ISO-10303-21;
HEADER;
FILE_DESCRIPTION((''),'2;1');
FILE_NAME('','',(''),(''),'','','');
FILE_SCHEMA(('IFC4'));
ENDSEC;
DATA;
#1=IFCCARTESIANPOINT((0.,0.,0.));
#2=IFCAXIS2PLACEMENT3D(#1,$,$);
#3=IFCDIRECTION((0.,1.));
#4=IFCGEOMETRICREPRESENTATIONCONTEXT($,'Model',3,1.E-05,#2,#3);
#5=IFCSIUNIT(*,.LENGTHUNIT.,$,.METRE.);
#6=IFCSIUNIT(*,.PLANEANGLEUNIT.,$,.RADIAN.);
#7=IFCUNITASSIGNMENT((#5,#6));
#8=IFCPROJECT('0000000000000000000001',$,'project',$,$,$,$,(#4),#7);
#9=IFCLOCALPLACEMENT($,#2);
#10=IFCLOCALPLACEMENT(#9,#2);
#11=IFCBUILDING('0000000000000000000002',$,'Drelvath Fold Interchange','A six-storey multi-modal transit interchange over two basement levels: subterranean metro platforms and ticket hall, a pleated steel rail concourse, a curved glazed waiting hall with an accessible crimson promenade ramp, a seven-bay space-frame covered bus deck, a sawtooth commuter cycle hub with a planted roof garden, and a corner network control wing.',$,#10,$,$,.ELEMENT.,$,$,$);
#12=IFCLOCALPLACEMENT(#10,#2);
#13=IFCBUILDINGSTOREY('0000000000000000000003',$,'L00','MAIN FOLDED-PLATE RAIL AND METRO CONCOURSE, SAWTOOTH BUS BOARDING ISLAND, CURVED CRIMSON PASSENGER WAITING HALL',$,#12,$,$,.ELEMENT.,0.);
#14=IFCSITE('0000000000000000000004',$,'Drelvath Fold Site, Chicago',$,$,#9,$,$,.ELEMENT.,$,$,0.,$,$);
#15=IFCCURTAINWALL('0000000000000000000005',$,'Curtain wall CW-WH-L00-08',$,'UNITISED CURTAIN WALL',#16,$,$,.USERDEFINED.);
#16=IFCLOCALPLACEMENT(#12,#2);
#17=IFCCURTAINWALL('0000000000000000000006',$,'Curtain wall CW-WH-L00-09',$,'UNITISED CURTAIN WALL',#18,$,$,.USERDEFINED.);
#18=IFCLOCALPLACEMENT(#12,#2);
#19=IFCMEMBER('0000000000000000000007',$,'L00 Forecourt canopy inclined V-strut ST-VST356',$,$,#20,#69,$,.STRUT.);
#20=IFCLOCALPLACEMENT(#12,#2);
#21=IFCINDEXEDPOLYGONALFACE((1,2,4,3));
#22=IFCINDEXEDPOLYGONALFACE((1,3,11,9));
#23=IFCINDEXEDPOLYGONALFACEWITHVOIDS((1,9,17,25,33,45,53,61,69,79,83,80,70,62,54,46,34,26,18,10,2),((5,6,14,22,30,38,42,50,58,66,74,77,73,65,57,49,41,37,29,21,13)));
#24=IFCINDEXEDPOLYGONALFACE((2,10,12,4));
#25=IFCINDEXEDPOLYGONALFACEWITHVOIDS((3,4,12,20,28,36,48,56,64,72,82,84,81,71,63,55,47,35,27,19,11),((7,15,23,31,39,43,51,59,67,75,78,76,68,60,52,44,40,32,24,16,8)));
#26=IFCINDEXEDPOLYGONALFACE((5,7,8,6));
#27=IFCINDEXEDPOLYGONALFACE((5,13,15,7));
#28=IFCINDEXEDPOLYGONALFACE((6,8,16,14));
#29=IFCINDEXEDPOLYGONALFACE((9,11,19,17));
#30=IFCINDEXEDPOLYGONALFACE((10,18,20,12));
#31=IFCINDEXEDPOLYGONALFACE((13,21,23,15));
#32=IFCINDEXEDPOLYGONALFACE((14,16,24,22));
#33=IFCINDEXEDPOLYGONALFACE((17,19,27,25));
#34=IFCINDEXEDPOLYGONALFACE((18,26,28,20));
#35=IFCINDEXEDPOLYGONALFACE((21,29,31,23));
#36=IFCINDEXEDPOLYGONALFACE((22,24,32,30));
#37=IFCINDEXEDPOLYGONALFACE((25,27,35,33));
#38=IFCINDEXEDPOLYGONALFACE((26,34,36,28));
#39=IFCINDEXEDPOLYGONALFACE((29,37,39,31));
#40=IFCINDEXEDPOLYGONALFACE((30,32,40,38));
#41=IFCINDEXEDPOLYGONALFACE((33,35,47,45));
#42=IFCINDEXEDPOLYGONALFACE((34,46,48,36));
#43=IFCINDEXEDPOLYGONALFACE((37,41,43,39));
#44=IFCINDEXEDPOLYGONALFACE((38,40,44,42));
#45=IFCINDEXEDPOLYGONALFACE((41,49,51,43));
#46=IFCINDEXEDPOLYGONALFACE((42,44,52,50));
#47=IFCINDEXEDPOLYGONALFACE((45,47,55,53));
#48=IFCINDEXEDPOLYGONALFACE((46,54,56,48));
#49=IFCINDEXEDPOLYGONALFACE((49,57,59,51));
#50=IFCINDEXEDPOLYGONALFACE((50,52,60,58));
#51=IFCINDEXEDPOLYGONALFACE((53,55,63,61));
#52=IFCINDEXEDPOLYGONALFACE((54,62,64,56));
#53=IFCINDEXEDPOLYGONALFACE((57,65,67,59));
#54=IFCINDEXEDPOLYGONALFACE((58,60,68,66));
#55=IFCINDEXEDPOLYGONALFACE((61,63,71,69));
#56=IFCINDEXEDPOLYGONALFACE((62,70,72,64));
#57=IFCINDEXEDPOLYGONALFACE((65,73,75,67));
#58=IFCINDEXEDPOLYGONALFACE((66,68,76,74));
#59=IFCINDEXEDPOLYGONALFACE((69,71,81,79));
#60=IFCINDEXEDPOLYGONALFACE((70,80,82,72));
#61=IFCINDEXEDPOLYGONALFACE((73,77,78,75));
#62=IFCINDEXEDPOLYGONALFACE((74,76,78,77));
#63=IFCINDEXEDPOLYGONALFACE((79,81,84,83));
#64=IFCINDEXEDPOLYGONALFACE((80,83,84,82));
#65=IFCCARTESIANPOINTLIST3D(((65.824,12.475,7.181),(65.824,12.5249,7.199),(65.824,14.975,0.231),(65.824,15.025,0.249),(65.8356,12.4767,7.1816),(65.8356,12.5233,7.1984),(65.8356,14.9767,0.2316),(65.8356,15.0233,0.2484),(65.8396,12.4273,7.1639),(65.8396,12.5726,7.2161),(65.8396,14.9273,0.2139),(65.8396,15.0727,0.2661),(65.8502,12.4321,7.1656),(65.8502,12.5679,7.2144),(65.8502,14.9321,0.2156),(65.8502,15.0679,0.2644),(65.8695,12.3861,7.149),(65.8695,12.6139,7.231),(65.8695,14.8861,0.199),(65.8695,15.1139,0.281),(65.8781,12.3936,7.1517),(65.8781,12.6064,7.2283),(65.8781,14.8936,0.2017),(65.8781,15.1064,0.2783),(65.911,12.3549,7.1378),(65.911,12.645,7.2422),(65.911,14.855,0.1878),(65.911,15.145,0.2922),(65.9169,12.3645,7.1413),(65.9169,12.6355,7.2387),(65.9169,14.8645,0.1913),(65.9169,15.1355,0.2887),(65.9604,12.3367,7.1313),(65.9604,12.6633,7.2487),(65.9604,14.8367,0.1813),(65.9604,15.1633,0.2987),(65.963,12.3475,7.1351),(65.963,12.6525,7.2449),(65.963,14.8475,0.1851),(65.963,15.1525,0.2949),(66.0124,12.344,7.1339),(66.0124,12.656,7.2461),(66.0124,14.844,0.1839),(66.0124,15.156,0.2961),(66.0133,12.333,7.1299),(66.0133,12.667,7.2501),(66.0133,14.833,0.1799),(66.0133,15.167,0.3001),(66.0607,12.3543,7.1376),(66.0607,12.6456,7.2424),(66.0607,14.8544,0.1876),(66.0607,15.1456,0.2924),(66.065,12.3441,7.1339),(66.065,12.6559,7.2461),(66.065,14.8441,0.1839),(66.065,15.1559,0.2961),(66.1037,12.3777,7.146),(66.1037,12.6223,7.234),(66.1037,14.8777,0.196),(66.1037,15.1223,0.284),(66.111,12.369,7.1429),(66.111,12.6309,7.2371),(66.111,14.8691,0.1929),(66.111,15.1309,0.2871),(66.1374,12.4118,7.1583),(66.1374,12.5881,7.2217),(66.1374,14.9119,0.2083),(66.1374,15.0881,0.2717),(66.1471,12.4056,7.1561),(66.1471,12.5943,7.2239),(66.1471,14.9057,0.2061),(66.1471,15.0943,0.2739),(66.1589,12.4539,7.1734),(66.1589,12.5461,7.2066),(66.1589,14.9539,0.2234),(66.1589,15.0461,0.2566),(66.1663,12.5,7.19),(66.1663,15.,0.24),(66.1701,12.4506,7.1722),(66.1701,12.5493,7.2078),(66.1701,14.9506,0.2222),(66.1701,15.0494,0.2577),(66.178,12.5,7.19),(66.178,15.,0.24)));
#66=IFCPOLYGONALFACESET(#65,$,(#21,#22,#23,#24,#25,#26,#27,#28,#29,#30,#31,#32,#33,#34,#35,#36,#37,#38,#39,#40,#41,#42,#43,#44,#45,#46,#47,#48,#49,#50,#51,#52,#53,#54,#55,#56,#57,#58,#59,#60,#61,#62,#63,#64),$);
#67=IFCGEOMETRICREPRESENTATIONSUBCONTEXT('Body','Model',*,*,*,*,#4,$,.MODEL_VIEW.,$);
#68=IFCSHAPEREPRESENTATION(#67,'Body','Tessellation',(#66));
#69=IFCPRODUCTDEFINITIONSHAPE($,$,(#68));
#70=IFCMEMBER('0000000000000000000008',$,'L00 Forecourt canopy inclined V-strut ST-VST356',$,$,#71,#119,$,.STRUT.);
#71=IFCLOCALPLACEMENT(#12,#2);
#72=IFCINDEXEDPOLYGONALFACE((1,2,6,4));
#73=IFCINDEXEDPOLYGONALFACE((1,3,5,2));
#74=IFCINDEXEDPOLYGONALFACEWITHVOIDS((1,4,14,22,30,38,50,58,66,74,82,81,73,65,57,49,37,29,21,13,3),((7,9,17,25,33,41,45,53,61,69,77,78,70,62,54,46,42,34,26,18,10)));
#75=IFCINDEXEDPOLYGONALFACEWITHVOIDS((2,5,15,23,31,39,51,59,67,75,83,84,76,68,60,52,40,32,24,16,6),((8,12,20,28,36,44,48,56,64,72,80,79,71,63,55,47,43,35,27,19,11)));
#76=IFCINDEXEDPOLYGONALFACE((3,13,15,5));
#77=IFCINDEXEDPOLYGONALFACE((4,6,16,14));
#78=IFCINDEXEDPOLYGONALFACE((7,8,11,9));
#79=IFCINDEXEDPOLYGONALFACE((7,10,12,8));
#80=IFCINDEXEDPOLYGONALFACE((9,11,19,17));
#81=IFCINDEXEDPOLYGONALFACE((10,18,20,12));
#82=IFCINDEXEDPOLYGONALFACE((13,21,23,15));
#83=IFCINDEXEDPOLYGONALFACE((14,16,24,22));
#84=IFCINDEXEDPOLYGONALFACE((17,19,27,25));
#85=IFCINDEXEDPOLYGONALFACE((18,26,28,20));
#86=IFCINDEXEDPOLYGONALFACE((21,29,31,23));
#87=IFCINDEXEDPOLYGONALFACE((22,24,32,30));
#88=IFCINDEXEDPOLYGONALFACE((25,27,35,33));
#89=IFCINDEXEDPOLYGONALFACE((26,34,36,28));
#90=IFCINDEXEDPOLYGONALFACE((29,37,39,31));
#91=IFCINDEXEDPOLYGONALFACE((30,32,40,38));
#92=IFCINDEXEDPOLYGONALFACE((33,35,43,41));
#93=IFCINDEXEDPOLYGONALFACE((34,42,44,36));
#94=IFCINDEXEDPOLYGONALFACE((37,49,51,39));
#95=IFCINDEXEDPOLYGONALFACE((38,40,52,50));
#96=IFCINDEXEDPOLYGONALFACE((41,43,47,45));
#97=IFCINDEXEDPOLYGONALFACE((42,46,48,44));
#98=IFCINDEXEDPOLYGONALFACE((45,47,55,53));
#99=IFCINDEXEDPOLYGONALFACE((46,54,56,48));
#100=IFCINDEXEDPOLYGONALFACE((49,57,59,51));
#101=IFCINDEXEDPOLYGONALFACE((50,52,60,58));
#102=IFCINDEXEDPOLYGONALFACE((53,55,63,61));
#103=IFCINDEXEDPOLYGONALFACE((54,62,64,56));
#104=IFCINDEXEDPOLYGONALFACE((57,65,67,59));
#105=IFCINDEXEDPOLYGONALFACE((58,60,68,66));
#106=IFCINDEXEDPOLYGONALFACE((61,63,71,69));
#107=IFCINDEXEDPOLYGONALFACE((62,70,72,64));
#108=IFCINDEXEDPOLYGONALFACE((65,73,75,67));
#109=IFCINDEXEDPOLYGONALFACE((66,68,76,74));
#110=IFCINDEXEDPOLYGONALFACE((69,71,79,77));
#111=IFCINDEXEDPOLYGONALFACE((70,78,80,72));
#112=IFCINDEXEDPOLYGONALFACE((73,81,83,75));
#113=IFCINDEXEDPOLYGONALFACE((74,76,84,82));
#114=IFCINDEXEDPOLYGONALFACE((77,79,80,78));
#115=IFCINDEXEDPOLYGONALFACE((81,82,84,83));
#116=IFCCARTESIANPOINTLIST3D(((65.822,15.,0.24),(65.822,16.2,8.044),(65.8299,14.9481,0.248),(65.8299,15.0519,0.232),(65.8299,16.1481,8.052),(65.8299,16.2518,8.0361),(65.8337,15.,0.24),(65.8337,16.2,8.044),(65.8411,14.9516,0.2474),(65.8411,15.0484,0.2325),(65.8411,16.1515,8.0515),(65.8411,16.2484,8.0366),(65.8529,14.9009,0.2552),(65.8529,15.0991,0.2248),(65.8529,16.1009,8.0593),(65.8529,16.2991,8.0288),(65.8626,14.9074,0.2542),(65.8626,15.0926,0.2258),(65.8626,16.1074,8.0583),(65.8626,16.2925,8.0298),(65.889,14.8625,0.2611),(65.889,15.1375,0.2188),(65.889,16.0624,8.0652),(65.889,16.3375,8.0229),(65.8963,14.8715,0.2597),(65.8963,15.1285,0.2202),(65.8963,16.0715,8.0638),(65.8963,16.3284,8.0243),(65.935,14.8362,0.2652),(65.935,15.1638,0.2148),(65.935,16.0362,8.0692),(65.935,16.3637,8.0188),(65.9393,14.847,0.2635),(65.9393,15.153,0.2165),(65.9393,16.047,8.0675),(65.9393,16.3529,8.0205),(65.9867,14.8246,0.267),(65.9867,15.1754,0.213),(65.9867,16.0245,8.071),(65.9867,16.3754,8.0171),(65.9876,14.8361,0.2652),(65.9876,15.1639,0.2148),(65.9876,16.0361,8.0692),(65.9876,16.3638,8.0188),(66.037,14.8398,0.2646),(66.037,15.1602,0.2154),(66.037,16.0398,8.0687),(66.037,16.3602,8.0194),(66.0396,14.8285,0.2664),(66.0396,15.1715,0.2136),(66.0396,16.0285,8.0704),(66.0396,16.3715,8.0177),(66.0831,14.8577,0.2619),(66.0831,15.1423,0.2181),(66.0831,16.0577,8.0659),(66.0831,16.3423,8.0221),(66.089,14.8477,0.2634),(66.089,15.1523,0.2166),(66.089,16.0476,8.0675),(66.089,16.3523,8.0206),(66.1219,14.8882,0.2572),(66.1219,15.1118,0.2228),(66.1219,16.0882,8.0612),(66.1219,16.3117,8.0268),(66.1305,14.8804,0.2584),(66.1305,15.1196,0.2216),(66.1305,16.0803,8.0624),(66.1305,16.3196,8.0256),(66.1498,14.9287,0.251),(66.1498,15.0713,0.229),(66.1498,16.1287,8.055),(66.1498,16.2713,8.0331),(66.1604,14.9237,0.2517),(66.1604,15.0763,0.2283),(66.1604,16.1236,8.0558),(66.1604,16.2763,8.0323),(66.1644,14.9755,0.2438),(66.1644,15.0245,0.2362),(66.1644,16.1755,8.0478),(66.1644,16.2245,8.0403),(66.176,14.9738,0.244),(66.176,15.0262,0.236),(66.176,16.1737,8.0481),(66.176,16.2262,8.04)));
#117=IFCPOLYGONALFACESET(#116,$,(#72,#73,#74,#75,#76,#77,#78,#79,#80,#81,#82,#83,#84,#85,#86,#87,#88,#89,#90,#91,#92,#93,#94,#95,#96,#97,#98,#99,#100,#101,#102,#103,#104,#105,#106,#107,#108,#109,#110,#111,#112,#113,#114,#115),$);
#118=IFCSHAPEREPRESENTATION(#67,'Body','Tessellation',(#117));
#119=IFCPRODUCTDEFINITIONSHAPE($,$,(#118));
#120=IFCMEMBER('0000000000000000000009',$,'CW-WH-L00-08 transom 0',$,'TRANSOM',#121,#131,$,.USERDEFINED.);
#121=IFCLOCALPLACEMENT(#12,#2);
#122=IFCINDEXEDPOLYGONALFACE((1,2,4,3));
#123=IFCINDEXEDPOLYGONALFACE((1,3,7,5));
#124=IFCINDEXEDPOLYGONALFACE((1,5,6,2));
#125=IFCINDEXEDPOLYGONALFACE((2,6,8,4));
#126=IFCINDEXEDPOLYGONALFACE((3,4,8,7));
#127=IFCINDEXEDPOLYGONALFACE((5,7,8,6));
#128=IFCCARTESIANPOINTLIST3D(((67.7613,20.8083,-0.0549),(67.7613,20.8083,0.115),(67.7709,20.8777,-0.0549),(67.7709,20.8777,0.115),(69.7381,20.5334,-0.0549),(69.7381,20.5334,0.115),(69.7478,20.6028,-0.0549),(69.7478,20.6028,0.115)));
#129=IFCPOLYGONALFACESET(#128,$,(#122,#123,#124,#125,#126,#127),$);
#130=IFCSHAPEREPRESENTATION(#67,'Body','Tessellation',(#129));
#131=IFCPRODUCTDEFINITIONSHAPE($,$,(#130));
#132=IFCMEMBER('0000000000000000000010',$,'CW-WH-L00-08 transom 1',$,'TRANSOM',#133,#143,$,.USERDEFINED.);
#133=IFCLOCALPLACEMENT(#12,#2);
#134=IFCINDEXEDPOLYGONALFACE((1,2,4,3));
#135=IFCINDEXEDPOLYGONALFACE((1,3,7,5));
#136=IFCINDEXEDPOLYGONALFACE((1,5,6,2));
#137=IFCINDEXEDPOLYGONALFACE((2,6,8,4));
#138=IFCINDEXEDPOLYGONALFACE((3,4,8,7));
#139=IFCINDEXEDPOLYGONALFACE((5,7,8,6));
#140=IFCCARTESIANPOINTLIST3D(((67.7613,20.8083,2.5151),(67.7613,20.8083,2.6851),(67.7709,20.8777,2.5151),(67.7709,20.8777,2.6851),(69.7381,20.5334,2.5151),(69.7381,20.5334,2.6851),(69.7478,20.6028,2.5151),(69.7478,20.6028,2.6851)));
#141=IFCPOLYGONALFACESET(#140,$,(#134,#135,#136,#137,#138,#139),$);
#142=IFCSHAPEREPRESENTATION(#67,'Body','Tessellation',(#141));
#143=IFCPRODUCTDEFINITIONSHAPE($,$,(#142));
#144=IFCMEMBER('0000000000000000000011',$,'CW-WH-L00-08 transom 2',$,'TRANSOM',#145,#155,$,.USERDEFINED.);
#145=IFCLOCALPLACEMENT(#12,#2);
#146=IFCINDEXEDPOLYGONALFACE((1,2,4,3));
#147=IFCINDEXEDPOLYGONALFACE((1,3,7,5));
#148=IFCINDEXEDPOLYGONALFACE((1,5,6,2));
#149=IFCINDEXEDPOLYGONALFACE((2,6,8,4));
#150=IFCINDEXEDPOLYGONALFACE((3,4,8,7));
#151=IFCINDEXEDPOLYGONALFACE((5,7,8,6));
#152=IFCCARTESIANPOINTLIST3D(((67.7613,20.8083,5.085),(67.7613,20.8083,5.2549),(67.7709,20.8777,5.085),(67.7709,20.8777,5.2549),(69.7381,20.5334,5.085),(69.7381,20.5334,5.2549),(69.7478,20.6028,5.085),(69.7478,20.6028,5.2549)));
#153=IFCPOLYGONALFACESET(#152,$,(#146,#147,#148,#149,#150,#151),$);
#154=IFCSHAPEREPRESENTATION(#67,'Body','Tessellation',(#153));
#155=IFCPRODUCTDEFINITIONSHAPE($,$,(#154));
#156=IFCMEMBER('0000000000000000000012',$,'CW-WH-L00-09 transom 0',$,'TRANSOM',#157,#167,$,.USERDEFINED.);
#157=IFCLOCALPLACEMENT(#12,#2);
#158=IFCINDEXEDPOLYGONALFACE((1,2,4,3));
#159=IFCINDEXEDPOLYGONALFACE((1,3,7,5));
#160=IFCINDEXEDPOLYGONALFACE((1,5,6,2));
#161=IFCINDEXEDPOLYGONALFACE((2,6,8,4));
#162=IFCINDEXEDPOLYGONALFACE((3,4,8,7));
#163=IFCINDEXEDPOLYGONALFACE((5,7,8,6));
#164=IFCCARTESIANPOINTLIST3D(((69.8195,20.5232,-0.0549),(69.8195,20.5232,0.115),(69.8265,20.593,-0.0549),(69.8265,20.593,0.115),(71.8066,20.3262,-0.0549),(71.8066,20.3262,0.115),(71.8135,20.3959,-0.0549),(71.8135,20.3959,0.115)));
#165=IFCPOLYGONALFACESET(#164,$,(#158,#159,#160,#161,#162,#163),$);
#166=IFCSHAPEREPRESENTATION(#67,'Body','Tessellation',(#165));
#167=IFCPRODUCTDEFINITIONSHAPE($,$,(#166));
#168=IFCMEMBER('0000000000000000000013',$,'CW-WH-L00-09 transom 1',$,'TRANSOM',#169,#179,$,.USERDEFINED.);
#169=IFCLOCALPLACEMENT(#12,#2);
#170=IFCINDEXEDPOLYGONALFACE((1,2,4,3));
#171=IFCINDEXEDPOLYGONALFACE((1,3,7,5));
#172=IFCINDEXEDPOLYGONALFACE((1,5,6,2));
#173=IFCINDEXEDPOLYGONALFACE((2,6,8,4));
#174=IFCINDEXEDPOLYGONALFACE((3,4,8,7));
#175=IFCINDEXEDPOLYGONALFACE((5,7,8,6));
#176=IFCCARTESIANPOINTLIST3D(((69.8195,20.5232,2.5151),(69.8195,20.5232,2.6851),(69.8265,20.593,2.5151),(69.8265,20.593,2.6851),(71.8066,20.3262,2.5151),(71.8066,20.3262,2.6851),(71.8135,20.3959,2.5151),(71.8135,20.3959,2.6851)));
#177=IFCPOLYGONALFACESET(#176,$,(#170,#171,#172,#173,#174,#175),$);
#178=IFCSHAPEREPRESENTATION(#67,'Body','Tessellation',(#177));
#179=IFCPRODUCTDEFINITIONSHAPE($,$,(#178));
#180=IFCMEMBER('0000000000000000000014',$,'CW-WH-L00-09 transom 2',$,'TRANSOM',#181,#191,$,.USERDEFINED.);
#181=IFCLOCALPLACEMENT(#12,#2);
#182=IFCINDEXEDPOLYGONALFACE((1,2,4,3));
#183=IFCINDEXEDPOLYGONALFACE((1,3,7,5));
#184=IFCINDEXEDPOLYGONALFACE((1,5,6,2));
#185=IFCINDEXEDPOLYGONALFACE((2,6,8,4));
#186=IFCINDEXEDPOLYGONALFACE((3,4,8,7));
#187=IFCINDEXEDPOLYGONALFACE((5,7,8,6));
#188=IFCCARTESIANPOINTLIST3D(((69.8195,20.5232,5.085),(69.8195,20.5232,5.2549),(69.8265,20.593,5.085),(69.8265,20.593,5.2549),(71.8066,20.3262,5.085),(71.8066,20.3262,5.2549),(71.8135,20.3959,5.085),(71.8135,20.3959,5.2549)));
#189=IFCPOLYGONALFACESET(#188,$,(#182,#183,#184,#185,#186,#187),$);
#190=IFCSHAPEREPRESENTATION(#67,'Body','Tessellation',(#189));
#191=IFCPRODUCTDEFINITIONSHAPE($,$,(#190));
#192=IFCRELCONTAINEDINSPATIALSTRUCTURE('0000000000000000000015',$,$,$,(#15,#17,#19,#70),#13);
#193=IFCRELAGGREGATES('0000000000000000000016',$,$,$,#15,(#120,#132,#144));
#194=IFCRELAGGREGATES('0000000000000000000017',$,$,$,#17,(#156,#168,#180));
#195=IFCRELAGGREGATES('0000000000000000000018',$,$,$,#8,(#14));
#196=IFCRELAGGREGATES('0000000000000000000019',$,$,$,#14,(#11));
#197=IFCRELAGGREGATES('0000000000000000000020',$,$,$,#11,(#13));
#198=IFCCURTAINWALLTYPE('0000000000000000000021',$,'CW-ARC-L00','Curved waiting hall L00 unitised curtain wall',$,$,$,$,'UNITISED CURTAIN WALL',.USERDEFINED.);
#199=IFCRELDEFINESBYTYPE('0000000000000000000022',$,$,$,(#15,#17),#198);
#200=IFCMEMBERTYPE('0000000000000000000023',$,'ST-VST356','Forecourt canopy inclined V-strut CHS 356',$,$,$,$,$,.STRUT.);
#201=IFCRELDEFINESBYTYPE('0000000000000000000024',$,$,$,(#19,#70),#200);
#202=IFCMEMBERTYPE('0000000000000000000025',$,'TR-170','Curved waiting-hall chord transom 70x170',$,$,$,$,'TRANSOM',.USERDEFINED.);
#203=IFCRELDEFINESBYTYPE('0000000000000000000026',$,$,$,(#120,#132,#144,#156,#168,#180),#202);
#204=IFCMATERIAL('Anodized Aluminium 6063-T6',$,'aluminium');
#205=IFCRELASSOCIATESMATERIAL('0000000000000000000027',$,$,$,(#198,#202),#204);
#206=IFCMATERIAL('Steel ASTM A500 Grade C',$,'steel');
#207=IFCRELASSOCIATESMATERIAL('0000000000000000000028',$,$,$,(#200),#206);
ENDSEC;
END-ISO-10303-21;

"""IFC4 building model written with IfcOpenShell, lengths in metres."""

from ifc_helpers import new_model, si_unit, direction, frame, origin, origin_2d, place, context, subcontext, project, spatial, rectangle, hollow_circle, extrude, material, material_profile, profile_set, type_object, element, aggregate, save


model = new_model("IFC4")

# Units and contexts
model_context = context("Model", 3, precision=1e-05, world=origin(), true_north=direction((0.0, 1.0)))
body_context = subcontext(model_context, "Body", "Model", "MODEL_VIEW")
ifc_project = project(units=[si_unit("LENGTHUNIT", "METRE"), si_unit("PLANEANGLEUNIT", "RADIAN")], contexts=[model_context])

# Site, building, storey
site_placement = place(None, origin())
site = spatial("IfcSite", under=ifc_project, at=site_placement, Name="Drelvath Fold Site, Chicago", CompositionType="ELEMENT", RefElevation=0.0)
building_placement = place(site_placement, origin())
building = spatial("IfcBuilding", under=site, at=building_placement, Name="Drelvath Fold Interchange", Description="A six-storey multi-modal transit interchange over two basement levels: subterranean metro platforms and ticket hall, a pleated steel rail concourse, a curved glazed waiting hall with an accessible crimson promenade ramp, a seven-bay space-frame covered bus deck, a sawtooth commuter cycle hub with a planted roof garden, and a corner network control wing.", CompositionType="ELEMENT")
storey_placement = place(building_placement, origin())
storey = spatial("IfcBuildingStorey", under=building, at=storey_placement, Name="L00", Description="MAIN FOLDED-PLATE RAIL AND METRO CONCOURSE, SAWTOOTH BUS BOARDING ISLAND, CURVED CRIMSON PASSENGER WAITING HALL", CompositionType="ELEMENT", Elevation=0.0)

# Shared definitions
ifc_material_1 = material(Name="Steel ASTM A500 Grade C", Category="steel")

# Shared definitions
ifc_material_2 = material(Name="Anodized Aluminium 6063-T6", Category="aluminium")
curtain_wall_type = type_object("IfcCurtainWallType", Name="CW-ARC-L00", Description="Curved waiting hall L00 unitised curtain wall", ElementType="UNITISED CURTAIN WALL", PredefinedType="USERDEFINED", material=ifc_material_2)

# Curtain walls
curtain_wall_1_placement = place(storey_placement, origin())
curtain_wall_1 = element("IfcCurtainWall", 1, at=curtain_wall_1_placement, inside=storey, type_object=curtain_wall_type, Name="Curtain wall CW-WH-L00-08", ObjectType="UNITISED CURTAIN WALL", PredefinedType="USERDEFINED")
curtain_wall_2_placement = place(storey_placement, origin())
curtain_wall_2 = element("IfcCurtainWall", 2, at=curtain_wall_2_placement, inside=storey, type_object=curtain_wall_type, Name="Curtain wall CW-WH-L00-09", ObjectType="UNITISED CURTAIN WALL", PredefinedType="USERDEFINED")

# Members
ifc_material_profile_1 = material_profile(ifc_material_1, hollow_circle(Radius=0.178, WallThickness=0.0117, at=origin_2d()), Name="HSS14.000X0.500")
ifc_profile_set_1 = profile_set([ifc_material_profile_1], Name="Steel ASTM A500 Grade C")
member_type_1 = type_object("IfcMemberType", Name="ST-VST356", Description="Forecourt canopy inclined V-strut CHS 356", PredefinedType="STRUT", material=ifc_profile_set_1)
member_1_placement = place(storey_placement, frame((66.0, 15.0, 0.24), z_axis=(0.0, -0.338482, 0.940973), x_axis=(1.0, 0.0, 0.0)))
element("IfcMember", 3, at=member_1_placement, inside=storey, type_object=member_type_1, Name="L00 Forecourt canopy inclined V-strut ST-VST356", PredefinedType="STRUT", context=body_context, shape_type="SweptSolid", body=[
    extrude(hollow_circle(Radius=0.178, WallThickness=0.0117, at=origin_2d()), origin(), (0.0, 0.0, 1.0), 7.386),
])
member_2_placement = place(storey_placement, frame((66.0, 15.0, 0.24), z_axis=(0.0, 0.151976, 0.988384), x_axis=(-1.0, 0.0, 0.0)))
element("IfcMember", 4, at=member_2_placement, inside=storey, type_object=member_type_1, Name="L00 Forecourt canopy inclined V-strut ST-VST356", PredefinedType="STRUT", context=body_context, shape_type="SweptSolid", body=[
    extrude(hollow_circle(Radius=0.178, WallThickness=0.0117, at=origin_2d()), origin(), (0.0, 0.0, 1.0), 7.8958),
])

# Members
ifc_material_profile_2 = material_profile(ifc_material_2, rectangle(XDim=0.0701, YDim=0.1699, at=origin_2d()), Name="AL-T 70x170")
ifc_profile_set_2 = profile_set([ifc_material_profile_2], Name="Anodized Aluminium 6063-T6")
member_type_2 = type_object("IfcMemberType", Name="TR-170", Description="Curved waiting-hall chord transom 70x170", ElementType="TRANSOM", PredefinedType="USERDEFINED", material=ifc_profile_set_2)
member_3_placement = place(storey_placement, frame((67.7661, 20.843, 0.03), z_axis=(0.990469, -0.137738, 0.0), x_axis=(0.137738, 0.990469, 0.0)))
member_3 = element("IfcMember", 5, at=member_3_placement, type_object=member_type_2, Name="CW-WH-L00-08 transom 0", ObjectType="TRANSOM", PredefinedType="USERDEFINED", context=body_context, shape_type="SweptSolid", body=[
    extrude(rectangle(XDim=0.0701, YDim=0.1699, at=origin_2d()), origin(), (0.0, 0.0, 1.0), 1.9958),
])
member_4_placement = place(storey_placement, frame((67.7661, 20.843, 2.6001), z_axis=(0.990469, -0.137738, 0.0), x_axis=(0.137738, 0.990469, 0.0)))
member_4 = element("IfcMember", 6, at=member_4_placement, type_object=member_type_2, Name="CW-WH-L00-08 transom 1", ObjectType="TRANSOM", PredefinedType="USERDEFINED", context=body_context, shape_type="SweptSolid", body=[
    extrude(rectangle(XDim=0.0701, YDim=0.1699, at=origin_2d()), origin(), (0.0, 0.0, 1.0), 1.9958),
])
member_5_placement = place(storey_placement, frame((67.7661, 20.843, 5.1699), z_axis=(0.990469, -0.137738, 0.0), x_axis=(0.137738, 0.990469, 0.0)))
member_5 = element("IfcMember", 7, at=member_5_placement, type_object=member_type_2, Name="CW-WH-L00-08 transom 2", ObjectType="TRANSOM", PredefinedType="USERDEFINED", context=body_context, shape_type="SweptSolid", body=[
    extrude(rectangle(XDim=0.0701, YDim=0.1699, at=origin_2d()), origin(), (0.0, 0.0, 1.0), 1.9958),
])
member_6_placement = place(storey_placement, frame((69.823, 20.5581, 0.03), z_axis=(0.99512, -0.098668, 0.0), x_axis=(0.098668, 0.99512, 0.0)))
member_6 = element("IfcMember", 8, at=member_6_placement, type_object=member_type_2, Name="CW-WH-L00-09 transom 0", ObjectType="TRANSOM", PredefinedType="USERDEFINED", context=body_context, shape_type="SweptSolid", body=[
    extrude(rectangle(XDim=0.0701, YDim=0.1699, at=origin_2d()), origin(), (0.0, 0.0, 1.0), 1.9968),
])
member_7_placement = place(storey_placement, frame((69.823, 20.5581, 2.6001), z_axis=(0.99512, -0.098668, 0.0), x_axis=(0.098668, 0.99512, 0.0)))
member_7 = element("IfcMember", 9, at=member_7_placement, type_object=member_type_2, Name="CW-WH-L00-09 transom 1", ObjectType="TRANSOM", PredefinedType="USERDEFINED", context=body_context, shape_type="SweptSolid", body=[
    extrude(rectangle(XDim=0.0701, YDim=0.1699, at=origin_2d()), origin(), (0.0, 0.0, 1.0), 1.9968),
])
member_8_placement = place(storey_placement, frame((69.823, 20.5581, 5.1699), z_axis=(0.99512, -0.098668, 0.0), x_axis=(0.098668, 0.99512, 0.0)))
member_8 = element("IfcMember", 10, at=member_8_placement, type_object=member_type_2, Name="CW-WH-L00-09 transom 2", ObjectType="TRANSOM", PredefinedType="USERDEFINED", context=body_context, shape_type="SweptSolid", body=[
    extrude(rectangle(XDim=0.0701, YDim=0.1699, at=origin_2d()), origin(), (0.0, 0.0, 1.0), 1.9968),
])

aggregate(curtain_wall_1, [member_3, member_4, member_5])
aggregate(curtain_wall_2, [member_6, member_7, member_8])

save(model, "model.ifc")
